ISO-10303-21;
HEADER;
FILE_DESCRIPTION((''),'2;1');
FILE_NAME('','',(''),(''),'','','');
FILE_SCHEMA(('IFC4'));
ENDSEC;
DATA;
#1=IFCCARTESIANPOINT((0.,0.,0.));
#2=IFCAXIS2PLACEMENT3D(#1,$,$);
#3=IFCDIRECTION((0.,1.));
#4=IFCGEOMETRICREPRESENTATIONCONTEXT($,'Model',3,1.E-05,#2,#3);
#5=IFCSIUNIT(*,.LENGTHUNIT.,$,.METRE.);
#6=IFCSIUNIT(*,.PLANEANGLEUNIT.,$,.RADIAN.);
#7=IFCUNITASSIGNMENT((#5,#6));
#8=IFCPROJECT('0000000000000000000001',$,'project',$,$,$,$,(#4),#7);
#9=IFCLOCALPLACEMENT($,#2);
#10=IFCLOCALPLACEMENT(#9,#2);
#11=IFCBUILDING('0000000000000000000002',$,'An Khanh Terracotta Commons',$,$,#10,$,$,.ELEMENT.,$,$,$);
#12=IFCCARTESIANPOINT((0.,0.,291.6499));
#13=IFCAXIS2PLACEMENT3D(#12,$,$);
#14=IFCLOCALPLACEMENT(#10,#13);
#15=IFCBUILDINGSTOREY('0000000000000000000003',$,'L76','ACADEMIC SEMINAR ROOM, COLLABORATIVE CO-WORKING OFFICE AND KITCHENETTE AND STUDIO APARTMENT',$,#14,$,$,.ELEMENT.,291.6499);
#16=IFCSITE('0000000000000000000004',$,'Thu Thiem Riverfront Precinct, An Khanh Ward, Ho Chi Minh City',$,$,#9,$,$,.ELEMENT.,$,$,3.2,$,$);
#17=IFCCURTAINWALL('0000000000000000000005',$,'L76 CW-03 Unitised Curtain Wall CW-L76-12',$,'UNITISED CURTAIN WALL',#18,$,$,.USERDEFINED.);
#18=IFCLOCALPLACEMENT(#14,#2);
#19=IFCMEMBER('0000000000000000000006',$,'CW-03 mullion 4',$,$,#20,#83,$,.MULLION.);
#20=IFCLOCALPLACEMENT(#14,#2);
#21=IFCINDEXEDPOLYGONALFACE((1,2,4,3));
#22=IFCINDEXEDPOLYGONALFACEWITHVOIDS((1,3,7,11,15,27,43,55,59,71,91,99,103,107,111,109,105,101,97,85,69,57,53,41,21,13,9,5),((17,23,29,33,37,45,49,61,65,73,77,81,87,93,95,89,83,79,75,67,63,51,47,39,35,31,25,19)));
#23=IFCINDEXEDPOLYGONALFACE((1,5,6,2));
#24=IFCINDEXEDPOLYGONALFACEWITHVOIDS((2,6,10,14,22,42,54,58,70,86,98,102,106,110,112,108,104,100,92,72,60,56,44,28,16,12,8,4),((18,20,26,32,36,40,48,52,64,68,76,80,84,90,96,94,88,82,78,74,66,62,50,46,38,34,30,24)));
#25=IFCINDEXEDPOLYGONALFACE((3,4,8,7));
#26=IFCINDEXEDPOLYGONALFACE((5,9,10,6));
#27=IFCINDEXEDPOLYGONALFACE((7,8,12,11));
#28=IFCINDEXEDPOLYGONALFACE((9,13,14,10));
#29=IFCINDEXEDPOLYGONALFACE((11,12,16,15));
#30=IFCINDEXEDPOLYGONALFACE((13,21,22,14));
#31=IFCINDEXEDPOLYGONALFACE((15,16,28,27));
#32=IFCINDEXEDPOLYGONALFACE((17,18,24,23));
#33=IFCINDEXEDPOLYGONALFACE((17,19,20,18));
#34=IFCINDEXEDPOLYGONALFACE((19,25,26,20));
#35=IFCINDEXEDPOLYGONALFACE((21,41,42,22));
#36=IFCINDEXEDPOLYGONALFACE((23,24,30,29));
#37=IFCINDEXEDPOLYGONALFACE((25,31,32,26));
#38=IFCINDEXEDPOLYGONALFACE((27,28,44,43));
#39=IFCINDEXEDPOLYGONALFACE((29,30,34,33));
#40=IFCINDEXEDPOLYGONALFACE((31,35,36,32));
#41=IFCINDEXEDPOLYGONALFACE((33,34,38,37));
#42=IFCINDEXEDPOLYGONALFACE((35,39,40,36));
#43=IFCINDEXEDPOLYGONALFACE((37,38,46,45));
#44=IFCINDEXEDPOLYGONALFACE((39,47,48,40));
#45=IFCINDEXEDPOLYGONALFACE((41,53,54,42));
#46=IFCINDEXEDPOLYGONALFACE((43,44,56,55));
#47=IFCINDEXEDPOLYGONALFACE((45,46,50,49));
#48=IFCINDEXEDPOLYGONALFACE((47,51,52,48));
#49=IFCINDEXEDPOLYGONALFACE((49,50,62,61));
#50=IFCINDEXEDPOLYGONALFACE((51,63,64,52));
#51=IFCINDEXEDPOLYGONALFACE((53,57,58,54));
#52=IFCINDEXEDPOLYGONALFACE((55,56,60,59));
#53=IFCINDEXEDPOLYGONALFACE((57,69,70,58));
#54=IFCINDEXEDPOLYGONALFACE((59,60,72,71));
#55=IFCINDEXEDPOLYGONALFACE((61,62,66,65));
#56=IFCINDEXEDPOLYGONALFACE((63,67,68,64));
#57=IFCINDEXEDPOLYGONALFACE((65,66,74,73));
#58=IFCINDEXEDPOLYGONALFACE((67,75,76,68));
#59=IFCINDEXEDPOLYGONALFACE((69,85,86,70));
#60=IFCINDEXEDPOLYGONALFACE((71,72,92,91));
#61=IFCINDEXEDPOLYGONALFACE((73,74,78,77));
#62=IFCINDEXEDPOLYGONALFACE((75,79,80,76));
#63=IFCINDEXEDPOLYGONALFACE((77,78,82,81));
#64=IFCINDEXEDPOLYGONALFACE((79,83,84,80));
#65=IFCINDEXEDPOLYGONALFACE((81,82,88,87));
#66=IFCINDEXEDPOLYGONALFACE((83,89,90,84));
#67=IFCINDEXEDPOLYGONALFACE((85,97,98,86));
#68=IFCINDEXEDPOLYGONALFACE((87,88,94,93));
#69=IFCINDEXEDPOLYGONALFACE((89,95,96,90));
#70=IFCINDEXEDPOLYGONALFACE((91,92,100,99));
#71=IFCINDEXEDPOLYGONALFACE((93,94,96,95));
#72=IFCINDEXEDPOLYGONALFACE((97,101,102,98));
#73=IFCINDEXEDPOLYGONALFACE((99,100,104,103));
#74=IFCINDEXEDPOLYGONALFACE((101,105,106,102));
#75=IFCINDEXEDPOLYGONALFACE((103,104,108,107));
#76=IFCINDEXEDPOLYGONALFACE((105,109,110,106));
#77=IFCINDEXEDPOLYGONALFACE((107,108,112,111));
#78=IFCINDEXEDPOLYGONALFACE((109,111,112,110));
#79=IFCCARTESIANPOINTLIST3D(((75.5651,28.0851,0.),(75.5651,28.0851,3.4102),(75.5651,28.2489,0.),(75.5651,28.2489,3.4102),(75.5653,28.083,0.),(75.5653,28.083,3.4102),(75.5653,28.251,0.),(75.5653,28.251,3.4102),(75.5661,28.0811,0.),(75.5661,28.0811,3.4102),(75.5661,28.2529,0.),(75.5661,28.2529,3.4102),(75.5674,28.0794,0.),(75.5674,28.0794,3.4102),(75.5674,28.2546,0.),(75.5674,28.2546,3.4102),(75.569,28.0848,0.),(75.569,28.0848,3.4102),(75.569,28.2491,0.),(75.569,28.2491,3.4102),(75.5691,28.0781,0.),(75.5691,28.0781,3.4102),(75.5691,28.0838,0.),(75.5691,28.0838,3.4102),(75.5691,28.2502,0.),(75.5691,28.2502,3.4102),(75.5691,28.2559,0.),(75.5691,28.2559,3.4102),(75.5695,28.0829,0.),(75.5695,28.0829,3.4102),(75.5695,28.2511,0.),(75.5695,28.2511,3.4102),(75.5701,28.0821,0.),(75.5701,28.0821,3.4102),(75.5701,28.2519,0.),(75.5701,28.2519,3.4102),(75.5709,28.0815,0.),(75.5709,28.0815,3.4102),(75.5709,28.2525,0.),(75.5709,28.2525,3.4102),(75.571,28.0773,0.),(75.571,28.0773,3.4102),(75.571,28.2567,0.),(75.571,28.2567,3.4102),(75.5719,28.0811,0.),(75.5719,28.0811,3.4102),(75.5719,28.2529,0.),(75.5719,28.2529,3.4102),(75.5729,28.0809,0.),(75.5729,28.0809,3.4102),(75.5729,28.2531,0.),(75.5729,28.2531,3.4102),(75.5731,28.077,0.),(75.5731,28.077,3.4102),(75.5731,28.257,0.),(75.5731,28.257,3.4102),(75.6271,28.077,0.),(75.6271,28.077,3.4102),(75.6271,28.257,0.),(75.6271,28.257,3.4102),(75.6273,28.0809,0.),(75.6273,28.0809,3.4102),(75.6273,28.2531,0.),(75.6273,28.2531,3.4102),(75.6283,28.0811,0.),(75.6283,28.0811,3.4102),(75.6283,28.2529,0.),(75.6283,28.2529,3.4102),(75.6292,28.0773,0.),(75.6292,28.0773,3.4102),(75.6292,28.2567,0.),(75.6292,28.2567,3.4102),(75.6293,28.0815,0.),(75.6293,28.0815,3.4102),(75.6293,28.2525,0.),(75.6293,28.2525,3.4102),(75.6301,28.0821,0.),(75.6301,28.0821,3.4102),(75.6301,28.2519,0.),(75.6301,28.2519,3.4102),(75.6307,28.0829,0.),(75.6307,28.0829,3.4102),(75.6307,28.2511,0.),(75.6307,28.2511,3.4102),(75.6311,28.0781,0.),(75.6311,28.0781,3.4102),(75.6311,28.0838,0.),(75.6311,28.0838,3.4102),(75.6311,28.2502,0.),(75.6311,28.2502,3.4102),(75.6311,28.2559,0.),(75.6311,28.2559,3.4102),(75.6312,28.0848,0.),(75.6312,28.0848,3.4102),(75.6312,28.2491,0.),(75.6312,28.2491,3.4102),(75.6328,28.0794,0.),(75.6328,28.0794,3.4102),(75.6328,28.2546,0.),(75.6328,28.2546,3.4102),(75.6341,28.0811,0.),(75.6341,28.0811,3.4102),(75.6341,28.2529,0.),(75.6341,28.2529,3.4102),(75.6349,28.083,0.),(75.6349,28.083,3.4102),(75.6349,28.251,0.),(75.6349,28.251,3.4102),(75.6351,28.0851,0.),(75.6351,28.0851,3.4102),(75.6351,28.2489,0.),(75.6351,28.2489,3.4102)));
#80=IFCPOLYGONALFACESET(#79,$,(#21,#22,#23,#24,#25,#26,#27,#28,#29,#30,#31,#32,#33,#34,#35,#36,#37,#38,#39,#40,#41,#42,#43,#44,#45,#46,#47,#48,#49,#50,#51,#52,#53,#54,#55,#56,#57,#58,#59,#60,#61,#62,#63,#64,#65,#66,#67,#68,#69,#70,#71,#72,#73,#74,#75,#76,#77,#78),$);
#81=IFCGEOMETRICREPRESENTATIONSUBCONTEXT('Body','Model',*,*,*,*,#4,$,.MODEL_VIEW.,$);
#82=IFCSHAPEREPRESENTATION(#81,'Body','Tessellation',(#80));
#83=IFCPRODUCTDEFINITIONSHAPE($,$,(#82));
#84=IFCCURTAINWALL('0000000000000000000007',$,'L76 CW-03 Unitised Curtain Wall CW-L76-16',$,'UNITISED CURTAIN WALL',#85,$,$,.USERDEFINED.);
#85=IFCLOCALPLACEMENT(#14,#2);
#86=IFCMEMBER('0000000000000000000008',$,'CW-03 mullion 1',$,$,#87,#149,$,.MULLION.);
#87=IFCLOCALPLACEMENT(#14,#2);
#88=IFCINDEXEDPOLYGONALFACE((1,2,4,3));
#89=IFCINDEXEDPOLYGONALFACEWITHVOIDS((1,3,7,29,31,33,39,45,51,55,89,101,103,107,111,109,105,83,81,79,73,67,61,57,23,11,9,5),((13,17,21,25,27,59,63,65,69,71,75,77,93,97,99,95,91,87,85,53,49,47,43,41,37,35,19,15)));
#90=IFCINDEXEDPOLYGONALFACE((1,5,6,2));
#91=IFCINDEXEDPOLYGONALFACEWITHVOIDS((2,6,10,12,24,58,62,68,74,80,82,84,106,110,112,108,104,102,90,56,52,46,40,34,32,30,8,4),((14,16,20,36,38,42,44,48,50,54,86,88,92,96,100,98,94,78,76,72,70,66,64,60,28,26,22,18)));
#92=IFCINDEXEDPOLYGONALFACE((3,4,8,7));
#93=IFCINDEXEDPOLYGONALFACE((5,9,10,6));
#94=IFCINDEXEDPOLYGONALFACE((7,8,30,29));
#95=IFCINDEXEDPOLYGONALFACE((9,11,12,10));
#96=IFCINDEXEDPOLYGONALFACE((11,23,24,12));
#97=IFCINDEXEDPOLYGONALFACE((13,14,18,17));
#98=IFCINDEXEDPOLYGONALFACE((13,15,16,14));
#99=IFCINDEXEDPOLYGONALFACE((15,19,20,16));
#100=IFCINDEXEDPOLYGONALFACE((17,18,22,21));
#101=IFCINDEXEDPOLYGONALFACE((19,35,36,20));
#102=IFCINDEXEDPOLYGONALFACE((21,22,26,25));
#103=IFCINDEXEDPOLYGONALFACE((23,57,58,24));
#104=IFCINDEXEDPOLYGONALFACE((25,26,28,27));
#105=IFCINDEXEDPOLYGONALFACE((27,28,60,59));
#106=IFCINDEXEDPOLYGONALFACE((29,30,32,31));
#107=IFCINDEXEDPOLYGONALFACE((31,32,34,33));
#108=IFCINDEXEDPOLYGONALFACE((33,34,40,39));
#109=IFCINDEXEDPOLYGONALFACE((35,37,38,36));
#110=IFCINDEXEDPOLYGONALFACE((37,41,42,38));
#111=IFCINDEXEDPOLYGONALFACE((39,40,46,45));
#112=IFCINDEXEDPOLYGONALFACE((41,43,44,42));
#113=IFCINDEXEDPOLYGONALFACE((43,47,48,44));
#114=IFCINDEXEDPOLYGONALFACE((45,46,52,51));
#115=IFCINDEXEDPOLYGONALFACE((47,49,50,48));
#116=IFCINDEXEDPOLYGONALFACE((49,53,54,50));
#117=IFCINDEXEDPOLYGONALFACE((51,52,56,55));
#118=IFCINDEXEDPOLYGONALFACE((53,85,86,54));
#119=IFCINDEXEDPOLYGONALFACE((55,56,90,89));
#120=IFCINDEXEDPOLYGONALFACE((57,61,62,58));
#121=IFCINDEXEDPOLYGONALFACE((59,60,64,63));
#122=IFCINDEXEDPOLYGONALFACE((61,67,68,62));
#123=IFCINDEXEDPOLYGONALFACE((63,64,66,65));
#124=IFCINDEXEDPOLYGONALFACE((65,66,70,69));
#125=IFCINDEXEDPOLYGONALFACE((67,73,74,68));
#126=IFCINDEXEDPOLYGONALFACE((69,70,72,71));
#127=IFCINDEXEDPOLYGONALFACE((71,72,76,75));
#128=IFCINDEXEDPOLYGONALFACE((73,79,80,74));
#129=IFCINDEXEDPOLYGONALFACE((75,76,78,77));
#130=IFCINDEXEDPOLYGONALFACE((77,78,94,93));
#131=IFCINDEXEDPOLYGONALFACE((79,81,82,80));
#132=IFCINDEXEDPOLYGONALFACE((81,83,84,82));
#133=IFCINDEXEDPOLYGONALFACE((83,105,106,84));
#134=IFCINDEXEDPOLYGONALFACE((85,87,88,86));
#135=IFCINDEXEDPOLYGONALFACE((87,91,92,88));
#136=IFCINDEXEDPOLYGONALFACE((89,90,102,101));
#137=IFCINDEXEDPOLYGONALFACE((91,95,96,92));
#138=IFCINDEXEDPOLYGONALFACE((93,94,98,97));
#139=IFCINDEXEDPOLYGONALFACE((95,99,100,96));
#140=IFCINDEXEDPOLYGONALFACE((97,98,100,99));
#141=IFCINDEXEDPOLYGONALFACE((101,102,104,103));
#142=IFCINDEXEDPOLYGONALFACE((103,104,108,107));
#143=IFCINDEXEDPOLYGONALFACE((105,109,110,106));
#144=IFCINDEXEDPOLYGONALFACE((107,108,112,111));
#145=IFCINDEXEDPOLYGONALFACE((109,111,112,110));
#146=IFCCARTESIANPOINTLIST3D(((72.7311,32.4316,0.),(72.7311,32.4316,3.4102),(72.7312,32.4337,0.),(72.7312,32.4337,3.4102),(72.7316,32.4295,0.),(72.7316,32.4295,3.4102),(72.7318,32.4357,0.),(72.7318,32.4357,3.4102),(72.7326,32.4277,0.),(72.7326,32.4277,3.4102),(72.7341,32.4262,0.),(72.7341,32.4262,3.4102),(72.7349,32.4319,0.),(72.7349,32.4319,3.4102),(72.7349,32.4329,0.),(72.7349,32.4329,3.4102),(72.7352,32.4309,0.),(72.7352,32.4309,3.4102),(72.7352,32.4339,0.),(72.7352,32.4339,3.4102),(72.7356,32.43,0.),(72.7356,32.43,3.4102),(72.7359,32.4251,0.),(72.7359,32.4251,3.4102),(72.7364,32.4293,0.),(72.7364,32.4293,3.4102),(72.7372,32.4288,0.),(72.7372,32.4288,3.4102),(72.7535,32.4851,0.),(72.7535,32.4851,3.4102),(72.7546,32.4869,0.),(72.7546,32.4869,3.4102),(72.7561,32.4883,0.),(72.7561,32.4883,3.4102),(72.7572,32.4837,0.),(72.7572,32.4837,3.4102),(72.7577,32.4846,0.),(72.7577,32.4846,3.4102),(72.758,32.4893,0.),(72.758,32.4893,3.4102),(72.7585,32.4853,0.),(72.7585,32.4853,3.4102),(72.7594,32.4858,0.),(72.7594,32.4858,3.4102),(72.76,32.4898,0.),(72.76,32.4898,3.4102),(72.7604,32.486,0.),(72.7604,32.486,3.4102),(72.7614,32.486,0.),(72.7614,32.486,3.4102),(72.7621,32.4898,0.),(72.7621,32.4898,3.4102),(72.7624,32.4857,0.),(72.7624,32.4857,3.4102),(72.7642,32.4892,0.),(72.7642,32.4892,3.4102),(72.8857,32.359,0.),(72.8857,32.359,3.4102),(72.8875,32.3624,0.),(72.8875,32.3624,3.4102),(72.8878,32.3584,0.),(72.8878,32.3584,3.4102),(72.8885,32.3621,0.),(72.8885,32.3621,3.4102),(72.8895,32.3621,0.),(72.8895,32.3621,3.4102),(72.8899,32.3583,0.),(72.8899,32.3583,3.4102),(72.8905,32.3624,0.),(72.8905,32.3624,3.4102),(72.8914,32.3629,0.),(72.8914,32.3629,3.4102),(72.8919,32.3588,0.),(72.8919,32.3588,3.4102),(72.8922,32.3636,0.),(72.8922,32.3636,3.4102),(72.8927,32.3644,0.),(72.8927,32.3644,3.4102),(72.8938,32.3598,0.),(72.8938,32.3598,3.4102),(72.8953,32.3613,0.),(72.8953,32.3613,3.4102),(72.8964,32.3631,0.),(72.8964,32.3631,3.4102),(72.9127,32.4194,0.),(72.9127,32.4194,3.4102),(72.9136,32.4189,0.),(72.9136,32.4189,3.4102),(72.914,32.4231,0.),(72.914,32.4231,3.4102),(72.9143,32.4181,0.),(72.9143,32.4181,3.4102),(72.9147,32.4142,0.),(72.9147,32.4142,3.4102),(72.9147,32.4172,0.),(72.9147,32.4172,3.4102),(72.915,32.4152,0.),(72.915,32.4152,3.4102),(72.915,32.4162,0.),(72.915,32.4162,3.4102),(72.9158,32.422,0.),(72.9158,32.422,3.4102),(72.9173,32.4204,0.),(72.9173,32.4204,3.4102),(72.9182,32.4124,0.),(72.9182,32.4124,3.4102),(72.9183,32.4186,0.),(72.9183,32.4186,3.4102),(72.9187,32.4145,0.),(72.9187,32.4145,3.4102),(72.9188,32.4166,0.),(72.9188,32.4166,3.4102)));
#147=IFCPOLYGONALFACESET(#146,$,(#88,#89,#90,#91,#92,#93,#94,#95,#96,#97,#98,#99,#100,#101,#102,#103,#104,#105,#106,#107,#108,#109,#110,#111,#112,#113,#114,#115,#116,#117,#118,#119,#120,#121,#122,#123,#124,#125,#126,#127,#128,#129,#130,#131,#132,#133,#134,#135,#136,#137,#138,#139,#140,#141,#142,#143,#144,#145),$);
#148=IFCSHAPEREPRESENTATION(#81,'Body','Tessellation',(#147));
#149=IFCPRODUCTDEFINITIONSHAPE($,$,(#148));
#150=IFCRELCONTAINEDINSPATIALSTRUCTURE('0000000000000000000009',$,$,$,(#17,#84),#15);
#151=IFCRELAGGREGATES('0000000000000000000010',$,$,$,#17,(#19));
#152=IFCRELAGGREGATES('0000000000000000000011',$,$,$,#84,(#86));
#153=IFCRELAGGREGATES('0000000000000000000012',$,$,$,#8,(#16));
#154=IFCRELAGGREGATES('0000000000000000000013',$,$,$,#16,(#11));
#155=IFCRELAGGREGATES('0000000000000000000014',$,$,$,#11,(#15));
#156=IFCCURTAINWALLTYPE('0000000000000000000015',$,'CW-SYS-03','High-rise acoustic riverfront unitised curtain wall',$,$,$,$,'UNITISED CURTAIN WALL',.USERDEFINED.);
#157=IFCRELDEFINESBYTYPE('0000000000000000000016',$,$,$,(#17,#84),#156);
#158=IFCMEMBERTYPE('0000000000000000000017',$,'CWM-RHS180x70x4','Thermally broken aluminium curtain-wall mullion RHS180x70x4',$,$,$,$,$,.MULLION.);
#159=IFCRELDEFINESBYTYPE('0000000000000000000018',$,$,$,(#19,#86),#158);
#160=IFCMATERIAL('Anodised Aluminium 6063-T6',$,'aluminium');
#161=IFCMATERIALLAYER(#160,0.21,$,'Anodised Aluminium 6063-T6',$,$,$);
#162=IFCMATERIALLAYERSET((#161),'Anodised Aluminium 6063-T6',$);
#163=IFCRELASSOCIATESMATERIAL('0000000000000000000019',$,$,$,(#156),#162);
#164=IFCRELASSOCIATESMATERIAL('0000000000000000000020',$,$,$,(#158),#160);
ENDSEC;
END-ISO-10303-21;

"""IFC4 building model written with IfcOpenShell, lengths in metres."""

from ifc_helpers import new_model, si_unit, direction, frame, origin, origin_2d, place, context, subcontext, project, spatial, hollow_rectangle, extrude, material, layer, layer_set, material_profile, profile_set, type_object, element, aggregate, save


model = new_model("IFC4")

# Units and contexts
model_context = context("Model", 3, precision=1e-05, world=origin(), true_north=direction((0.0, 1.0)))
body_context = subcontext(model_context, "Body", "Model", "MODEL_VIEW")
ifc_project = project(units=[si_unit("LENGTHUNIT", "METRE"), si_unit("PLANEANGLEUNIT", "RADIAN")], contexts=[model_context])

# Site, building, storey
site_placement = place(None, origin())
site = spatial("IfcSite", under=ifc_project, at=site_placement, Name="Thu Thiem Riverfront Precinct, An Khanh Ward, Ho Chi Minh City", CompositionType="ELEMENT", RefElevation=3.2)
building_placement = place(site_placement, origin())
building = spatial("IfcBuilding", under=site, at=building_placement, Name="An Khanh Terracotta Commons", CompositionType="ELEMENT")
storey_placement = place(building_placement, frame((0.0, 0.0, 291.6499)))
storey = spatial("IfcBuildingStorey", under=building, at=storey_placement, Name="L76", Description="ACADEMIC SEMINAR ROOM, COLLABORATIVE CO-WORKING OFFICE AND KITCHENETTE AND STUDIO APARTMENT", CompositionType="ELEMENT", Elevation=291.6499)

# Curtain wall, member
ifc_material_1 = material(Name="Anodised Aluminium 6063-T6", Category="aluminium")
ifc_layer_1 = layer(ifc_material_1, 0.21, Name="Anodised Aluminium 6063-T6")
ifc_layer_set_1 = layer_set([ifc_layer_1], Name="Anodised Aluminium 6063-T6")
curtain_wall_type = type_object("IfcCurtainWallType", Name="CW-SYS-03", Description="High-rise acoustic riverfront unitised curtain wall", ElementType="UNITISED CURTAIN WALL", PredefinedType="USERDEFINED", material=ifc_layer_set_1)
curtain_wall_1_placement = place(storey_placement, origin())
curtain_wall_1 = element("IfcCurtainWall", 1, at=curtain_wall_1_placement, inside=storey, type_object=curtain_wall_type, Name="L76 CW-03 Unitised Curtain Wall CW-L76-12", ObjectType="UNITISED CURTAIN WALL", PredefinedType="USERDEFINED")
ifc_material_profile_1 = material_profile(ifc_material_1, hollow_rectangle(XDim=0.0701, YDim=0.1799, WallThickness=0.0039, InnerFilletRadius=0.0039, OuterFilletRadius=0.0081, at=origin_2d()), Name="RHS180x70x4")
ifc_profile_set_1 = profile_set([ifc_material_profile_1], Name="Anodised Aluminium 6063-T6")
member_type_1 = type_object("IfcMemberType", Name="CWM-RHS180x70x4", Description="Thermally broken aluminium curtain-wall mullion RHS180x70x4", PredefinedType="MULLION", material=ifc_profile_set_1)
member_1_placement = place(storey_placement, frame((75.6001, 28.167, 0.0), z_axis=(0.0, 0.0, 1.0), x_axis=(-1.0, 0.0, 0.0)))
member_1 = element("IfcMember", 2, at=member_1_placement, type_object=member_type_1, Name="CW-03 mullion 4", PredefinedType="MULLION", context=body_context, shape_type="SweptSolid", body=[
    extrude(hollow_rectangle(XDim=0.0701, YDim=0.1799, WallThickness=0.0039, InnerFilletRadius=0.0039, OuterFilletRadius=0.0081, at=origin_2d()), origin(), (0.0, 0.0, 1.0), 3.4102),
])

# Curtain wall, member
curtain_wall_2_placement = place(storey_placement, origin())
curtain_wall_2 = element("IfcCurtainWall", 3, at=curtain_wall_2_placement, inside=storey, type_object=curtain_wall_type, Name="L76 CW-03 Unitised Curtain Wall CW-L76-16", ObjectType="UNITISED CURTAIN WALL", PredefinedType="USERDEFINED")
member_2_placement = place(storey_placement, frame((72.825, 32.4241, 0.0), z_axis=(0.0, 0.0, 1.0), x_axis=(-0.403676, -0.914902, 0.0)))
member_2 = element("IfcMember", 4, at=member_2_placement, type_object=member_type_1, Name="CW-03 mullion 1", PredefinedType="MULLION", context=body_context, shape_type="SweptSolid", body=[
    extrude(hollow_rectangle(XDim=0.0701, YDim=0.1799, WallThickness=0.0039, InnerFilletRadius=0.0039, OuterFilletRadius=0.0081, at=origin_2d()), origin(), (0.0, 0.0, 1.0), 3.4102),
])

aggregate(curtain_wall_1, [member_1])
aggregate(curtain_wall_2, [member_2])

save(model, "model.ifc")
